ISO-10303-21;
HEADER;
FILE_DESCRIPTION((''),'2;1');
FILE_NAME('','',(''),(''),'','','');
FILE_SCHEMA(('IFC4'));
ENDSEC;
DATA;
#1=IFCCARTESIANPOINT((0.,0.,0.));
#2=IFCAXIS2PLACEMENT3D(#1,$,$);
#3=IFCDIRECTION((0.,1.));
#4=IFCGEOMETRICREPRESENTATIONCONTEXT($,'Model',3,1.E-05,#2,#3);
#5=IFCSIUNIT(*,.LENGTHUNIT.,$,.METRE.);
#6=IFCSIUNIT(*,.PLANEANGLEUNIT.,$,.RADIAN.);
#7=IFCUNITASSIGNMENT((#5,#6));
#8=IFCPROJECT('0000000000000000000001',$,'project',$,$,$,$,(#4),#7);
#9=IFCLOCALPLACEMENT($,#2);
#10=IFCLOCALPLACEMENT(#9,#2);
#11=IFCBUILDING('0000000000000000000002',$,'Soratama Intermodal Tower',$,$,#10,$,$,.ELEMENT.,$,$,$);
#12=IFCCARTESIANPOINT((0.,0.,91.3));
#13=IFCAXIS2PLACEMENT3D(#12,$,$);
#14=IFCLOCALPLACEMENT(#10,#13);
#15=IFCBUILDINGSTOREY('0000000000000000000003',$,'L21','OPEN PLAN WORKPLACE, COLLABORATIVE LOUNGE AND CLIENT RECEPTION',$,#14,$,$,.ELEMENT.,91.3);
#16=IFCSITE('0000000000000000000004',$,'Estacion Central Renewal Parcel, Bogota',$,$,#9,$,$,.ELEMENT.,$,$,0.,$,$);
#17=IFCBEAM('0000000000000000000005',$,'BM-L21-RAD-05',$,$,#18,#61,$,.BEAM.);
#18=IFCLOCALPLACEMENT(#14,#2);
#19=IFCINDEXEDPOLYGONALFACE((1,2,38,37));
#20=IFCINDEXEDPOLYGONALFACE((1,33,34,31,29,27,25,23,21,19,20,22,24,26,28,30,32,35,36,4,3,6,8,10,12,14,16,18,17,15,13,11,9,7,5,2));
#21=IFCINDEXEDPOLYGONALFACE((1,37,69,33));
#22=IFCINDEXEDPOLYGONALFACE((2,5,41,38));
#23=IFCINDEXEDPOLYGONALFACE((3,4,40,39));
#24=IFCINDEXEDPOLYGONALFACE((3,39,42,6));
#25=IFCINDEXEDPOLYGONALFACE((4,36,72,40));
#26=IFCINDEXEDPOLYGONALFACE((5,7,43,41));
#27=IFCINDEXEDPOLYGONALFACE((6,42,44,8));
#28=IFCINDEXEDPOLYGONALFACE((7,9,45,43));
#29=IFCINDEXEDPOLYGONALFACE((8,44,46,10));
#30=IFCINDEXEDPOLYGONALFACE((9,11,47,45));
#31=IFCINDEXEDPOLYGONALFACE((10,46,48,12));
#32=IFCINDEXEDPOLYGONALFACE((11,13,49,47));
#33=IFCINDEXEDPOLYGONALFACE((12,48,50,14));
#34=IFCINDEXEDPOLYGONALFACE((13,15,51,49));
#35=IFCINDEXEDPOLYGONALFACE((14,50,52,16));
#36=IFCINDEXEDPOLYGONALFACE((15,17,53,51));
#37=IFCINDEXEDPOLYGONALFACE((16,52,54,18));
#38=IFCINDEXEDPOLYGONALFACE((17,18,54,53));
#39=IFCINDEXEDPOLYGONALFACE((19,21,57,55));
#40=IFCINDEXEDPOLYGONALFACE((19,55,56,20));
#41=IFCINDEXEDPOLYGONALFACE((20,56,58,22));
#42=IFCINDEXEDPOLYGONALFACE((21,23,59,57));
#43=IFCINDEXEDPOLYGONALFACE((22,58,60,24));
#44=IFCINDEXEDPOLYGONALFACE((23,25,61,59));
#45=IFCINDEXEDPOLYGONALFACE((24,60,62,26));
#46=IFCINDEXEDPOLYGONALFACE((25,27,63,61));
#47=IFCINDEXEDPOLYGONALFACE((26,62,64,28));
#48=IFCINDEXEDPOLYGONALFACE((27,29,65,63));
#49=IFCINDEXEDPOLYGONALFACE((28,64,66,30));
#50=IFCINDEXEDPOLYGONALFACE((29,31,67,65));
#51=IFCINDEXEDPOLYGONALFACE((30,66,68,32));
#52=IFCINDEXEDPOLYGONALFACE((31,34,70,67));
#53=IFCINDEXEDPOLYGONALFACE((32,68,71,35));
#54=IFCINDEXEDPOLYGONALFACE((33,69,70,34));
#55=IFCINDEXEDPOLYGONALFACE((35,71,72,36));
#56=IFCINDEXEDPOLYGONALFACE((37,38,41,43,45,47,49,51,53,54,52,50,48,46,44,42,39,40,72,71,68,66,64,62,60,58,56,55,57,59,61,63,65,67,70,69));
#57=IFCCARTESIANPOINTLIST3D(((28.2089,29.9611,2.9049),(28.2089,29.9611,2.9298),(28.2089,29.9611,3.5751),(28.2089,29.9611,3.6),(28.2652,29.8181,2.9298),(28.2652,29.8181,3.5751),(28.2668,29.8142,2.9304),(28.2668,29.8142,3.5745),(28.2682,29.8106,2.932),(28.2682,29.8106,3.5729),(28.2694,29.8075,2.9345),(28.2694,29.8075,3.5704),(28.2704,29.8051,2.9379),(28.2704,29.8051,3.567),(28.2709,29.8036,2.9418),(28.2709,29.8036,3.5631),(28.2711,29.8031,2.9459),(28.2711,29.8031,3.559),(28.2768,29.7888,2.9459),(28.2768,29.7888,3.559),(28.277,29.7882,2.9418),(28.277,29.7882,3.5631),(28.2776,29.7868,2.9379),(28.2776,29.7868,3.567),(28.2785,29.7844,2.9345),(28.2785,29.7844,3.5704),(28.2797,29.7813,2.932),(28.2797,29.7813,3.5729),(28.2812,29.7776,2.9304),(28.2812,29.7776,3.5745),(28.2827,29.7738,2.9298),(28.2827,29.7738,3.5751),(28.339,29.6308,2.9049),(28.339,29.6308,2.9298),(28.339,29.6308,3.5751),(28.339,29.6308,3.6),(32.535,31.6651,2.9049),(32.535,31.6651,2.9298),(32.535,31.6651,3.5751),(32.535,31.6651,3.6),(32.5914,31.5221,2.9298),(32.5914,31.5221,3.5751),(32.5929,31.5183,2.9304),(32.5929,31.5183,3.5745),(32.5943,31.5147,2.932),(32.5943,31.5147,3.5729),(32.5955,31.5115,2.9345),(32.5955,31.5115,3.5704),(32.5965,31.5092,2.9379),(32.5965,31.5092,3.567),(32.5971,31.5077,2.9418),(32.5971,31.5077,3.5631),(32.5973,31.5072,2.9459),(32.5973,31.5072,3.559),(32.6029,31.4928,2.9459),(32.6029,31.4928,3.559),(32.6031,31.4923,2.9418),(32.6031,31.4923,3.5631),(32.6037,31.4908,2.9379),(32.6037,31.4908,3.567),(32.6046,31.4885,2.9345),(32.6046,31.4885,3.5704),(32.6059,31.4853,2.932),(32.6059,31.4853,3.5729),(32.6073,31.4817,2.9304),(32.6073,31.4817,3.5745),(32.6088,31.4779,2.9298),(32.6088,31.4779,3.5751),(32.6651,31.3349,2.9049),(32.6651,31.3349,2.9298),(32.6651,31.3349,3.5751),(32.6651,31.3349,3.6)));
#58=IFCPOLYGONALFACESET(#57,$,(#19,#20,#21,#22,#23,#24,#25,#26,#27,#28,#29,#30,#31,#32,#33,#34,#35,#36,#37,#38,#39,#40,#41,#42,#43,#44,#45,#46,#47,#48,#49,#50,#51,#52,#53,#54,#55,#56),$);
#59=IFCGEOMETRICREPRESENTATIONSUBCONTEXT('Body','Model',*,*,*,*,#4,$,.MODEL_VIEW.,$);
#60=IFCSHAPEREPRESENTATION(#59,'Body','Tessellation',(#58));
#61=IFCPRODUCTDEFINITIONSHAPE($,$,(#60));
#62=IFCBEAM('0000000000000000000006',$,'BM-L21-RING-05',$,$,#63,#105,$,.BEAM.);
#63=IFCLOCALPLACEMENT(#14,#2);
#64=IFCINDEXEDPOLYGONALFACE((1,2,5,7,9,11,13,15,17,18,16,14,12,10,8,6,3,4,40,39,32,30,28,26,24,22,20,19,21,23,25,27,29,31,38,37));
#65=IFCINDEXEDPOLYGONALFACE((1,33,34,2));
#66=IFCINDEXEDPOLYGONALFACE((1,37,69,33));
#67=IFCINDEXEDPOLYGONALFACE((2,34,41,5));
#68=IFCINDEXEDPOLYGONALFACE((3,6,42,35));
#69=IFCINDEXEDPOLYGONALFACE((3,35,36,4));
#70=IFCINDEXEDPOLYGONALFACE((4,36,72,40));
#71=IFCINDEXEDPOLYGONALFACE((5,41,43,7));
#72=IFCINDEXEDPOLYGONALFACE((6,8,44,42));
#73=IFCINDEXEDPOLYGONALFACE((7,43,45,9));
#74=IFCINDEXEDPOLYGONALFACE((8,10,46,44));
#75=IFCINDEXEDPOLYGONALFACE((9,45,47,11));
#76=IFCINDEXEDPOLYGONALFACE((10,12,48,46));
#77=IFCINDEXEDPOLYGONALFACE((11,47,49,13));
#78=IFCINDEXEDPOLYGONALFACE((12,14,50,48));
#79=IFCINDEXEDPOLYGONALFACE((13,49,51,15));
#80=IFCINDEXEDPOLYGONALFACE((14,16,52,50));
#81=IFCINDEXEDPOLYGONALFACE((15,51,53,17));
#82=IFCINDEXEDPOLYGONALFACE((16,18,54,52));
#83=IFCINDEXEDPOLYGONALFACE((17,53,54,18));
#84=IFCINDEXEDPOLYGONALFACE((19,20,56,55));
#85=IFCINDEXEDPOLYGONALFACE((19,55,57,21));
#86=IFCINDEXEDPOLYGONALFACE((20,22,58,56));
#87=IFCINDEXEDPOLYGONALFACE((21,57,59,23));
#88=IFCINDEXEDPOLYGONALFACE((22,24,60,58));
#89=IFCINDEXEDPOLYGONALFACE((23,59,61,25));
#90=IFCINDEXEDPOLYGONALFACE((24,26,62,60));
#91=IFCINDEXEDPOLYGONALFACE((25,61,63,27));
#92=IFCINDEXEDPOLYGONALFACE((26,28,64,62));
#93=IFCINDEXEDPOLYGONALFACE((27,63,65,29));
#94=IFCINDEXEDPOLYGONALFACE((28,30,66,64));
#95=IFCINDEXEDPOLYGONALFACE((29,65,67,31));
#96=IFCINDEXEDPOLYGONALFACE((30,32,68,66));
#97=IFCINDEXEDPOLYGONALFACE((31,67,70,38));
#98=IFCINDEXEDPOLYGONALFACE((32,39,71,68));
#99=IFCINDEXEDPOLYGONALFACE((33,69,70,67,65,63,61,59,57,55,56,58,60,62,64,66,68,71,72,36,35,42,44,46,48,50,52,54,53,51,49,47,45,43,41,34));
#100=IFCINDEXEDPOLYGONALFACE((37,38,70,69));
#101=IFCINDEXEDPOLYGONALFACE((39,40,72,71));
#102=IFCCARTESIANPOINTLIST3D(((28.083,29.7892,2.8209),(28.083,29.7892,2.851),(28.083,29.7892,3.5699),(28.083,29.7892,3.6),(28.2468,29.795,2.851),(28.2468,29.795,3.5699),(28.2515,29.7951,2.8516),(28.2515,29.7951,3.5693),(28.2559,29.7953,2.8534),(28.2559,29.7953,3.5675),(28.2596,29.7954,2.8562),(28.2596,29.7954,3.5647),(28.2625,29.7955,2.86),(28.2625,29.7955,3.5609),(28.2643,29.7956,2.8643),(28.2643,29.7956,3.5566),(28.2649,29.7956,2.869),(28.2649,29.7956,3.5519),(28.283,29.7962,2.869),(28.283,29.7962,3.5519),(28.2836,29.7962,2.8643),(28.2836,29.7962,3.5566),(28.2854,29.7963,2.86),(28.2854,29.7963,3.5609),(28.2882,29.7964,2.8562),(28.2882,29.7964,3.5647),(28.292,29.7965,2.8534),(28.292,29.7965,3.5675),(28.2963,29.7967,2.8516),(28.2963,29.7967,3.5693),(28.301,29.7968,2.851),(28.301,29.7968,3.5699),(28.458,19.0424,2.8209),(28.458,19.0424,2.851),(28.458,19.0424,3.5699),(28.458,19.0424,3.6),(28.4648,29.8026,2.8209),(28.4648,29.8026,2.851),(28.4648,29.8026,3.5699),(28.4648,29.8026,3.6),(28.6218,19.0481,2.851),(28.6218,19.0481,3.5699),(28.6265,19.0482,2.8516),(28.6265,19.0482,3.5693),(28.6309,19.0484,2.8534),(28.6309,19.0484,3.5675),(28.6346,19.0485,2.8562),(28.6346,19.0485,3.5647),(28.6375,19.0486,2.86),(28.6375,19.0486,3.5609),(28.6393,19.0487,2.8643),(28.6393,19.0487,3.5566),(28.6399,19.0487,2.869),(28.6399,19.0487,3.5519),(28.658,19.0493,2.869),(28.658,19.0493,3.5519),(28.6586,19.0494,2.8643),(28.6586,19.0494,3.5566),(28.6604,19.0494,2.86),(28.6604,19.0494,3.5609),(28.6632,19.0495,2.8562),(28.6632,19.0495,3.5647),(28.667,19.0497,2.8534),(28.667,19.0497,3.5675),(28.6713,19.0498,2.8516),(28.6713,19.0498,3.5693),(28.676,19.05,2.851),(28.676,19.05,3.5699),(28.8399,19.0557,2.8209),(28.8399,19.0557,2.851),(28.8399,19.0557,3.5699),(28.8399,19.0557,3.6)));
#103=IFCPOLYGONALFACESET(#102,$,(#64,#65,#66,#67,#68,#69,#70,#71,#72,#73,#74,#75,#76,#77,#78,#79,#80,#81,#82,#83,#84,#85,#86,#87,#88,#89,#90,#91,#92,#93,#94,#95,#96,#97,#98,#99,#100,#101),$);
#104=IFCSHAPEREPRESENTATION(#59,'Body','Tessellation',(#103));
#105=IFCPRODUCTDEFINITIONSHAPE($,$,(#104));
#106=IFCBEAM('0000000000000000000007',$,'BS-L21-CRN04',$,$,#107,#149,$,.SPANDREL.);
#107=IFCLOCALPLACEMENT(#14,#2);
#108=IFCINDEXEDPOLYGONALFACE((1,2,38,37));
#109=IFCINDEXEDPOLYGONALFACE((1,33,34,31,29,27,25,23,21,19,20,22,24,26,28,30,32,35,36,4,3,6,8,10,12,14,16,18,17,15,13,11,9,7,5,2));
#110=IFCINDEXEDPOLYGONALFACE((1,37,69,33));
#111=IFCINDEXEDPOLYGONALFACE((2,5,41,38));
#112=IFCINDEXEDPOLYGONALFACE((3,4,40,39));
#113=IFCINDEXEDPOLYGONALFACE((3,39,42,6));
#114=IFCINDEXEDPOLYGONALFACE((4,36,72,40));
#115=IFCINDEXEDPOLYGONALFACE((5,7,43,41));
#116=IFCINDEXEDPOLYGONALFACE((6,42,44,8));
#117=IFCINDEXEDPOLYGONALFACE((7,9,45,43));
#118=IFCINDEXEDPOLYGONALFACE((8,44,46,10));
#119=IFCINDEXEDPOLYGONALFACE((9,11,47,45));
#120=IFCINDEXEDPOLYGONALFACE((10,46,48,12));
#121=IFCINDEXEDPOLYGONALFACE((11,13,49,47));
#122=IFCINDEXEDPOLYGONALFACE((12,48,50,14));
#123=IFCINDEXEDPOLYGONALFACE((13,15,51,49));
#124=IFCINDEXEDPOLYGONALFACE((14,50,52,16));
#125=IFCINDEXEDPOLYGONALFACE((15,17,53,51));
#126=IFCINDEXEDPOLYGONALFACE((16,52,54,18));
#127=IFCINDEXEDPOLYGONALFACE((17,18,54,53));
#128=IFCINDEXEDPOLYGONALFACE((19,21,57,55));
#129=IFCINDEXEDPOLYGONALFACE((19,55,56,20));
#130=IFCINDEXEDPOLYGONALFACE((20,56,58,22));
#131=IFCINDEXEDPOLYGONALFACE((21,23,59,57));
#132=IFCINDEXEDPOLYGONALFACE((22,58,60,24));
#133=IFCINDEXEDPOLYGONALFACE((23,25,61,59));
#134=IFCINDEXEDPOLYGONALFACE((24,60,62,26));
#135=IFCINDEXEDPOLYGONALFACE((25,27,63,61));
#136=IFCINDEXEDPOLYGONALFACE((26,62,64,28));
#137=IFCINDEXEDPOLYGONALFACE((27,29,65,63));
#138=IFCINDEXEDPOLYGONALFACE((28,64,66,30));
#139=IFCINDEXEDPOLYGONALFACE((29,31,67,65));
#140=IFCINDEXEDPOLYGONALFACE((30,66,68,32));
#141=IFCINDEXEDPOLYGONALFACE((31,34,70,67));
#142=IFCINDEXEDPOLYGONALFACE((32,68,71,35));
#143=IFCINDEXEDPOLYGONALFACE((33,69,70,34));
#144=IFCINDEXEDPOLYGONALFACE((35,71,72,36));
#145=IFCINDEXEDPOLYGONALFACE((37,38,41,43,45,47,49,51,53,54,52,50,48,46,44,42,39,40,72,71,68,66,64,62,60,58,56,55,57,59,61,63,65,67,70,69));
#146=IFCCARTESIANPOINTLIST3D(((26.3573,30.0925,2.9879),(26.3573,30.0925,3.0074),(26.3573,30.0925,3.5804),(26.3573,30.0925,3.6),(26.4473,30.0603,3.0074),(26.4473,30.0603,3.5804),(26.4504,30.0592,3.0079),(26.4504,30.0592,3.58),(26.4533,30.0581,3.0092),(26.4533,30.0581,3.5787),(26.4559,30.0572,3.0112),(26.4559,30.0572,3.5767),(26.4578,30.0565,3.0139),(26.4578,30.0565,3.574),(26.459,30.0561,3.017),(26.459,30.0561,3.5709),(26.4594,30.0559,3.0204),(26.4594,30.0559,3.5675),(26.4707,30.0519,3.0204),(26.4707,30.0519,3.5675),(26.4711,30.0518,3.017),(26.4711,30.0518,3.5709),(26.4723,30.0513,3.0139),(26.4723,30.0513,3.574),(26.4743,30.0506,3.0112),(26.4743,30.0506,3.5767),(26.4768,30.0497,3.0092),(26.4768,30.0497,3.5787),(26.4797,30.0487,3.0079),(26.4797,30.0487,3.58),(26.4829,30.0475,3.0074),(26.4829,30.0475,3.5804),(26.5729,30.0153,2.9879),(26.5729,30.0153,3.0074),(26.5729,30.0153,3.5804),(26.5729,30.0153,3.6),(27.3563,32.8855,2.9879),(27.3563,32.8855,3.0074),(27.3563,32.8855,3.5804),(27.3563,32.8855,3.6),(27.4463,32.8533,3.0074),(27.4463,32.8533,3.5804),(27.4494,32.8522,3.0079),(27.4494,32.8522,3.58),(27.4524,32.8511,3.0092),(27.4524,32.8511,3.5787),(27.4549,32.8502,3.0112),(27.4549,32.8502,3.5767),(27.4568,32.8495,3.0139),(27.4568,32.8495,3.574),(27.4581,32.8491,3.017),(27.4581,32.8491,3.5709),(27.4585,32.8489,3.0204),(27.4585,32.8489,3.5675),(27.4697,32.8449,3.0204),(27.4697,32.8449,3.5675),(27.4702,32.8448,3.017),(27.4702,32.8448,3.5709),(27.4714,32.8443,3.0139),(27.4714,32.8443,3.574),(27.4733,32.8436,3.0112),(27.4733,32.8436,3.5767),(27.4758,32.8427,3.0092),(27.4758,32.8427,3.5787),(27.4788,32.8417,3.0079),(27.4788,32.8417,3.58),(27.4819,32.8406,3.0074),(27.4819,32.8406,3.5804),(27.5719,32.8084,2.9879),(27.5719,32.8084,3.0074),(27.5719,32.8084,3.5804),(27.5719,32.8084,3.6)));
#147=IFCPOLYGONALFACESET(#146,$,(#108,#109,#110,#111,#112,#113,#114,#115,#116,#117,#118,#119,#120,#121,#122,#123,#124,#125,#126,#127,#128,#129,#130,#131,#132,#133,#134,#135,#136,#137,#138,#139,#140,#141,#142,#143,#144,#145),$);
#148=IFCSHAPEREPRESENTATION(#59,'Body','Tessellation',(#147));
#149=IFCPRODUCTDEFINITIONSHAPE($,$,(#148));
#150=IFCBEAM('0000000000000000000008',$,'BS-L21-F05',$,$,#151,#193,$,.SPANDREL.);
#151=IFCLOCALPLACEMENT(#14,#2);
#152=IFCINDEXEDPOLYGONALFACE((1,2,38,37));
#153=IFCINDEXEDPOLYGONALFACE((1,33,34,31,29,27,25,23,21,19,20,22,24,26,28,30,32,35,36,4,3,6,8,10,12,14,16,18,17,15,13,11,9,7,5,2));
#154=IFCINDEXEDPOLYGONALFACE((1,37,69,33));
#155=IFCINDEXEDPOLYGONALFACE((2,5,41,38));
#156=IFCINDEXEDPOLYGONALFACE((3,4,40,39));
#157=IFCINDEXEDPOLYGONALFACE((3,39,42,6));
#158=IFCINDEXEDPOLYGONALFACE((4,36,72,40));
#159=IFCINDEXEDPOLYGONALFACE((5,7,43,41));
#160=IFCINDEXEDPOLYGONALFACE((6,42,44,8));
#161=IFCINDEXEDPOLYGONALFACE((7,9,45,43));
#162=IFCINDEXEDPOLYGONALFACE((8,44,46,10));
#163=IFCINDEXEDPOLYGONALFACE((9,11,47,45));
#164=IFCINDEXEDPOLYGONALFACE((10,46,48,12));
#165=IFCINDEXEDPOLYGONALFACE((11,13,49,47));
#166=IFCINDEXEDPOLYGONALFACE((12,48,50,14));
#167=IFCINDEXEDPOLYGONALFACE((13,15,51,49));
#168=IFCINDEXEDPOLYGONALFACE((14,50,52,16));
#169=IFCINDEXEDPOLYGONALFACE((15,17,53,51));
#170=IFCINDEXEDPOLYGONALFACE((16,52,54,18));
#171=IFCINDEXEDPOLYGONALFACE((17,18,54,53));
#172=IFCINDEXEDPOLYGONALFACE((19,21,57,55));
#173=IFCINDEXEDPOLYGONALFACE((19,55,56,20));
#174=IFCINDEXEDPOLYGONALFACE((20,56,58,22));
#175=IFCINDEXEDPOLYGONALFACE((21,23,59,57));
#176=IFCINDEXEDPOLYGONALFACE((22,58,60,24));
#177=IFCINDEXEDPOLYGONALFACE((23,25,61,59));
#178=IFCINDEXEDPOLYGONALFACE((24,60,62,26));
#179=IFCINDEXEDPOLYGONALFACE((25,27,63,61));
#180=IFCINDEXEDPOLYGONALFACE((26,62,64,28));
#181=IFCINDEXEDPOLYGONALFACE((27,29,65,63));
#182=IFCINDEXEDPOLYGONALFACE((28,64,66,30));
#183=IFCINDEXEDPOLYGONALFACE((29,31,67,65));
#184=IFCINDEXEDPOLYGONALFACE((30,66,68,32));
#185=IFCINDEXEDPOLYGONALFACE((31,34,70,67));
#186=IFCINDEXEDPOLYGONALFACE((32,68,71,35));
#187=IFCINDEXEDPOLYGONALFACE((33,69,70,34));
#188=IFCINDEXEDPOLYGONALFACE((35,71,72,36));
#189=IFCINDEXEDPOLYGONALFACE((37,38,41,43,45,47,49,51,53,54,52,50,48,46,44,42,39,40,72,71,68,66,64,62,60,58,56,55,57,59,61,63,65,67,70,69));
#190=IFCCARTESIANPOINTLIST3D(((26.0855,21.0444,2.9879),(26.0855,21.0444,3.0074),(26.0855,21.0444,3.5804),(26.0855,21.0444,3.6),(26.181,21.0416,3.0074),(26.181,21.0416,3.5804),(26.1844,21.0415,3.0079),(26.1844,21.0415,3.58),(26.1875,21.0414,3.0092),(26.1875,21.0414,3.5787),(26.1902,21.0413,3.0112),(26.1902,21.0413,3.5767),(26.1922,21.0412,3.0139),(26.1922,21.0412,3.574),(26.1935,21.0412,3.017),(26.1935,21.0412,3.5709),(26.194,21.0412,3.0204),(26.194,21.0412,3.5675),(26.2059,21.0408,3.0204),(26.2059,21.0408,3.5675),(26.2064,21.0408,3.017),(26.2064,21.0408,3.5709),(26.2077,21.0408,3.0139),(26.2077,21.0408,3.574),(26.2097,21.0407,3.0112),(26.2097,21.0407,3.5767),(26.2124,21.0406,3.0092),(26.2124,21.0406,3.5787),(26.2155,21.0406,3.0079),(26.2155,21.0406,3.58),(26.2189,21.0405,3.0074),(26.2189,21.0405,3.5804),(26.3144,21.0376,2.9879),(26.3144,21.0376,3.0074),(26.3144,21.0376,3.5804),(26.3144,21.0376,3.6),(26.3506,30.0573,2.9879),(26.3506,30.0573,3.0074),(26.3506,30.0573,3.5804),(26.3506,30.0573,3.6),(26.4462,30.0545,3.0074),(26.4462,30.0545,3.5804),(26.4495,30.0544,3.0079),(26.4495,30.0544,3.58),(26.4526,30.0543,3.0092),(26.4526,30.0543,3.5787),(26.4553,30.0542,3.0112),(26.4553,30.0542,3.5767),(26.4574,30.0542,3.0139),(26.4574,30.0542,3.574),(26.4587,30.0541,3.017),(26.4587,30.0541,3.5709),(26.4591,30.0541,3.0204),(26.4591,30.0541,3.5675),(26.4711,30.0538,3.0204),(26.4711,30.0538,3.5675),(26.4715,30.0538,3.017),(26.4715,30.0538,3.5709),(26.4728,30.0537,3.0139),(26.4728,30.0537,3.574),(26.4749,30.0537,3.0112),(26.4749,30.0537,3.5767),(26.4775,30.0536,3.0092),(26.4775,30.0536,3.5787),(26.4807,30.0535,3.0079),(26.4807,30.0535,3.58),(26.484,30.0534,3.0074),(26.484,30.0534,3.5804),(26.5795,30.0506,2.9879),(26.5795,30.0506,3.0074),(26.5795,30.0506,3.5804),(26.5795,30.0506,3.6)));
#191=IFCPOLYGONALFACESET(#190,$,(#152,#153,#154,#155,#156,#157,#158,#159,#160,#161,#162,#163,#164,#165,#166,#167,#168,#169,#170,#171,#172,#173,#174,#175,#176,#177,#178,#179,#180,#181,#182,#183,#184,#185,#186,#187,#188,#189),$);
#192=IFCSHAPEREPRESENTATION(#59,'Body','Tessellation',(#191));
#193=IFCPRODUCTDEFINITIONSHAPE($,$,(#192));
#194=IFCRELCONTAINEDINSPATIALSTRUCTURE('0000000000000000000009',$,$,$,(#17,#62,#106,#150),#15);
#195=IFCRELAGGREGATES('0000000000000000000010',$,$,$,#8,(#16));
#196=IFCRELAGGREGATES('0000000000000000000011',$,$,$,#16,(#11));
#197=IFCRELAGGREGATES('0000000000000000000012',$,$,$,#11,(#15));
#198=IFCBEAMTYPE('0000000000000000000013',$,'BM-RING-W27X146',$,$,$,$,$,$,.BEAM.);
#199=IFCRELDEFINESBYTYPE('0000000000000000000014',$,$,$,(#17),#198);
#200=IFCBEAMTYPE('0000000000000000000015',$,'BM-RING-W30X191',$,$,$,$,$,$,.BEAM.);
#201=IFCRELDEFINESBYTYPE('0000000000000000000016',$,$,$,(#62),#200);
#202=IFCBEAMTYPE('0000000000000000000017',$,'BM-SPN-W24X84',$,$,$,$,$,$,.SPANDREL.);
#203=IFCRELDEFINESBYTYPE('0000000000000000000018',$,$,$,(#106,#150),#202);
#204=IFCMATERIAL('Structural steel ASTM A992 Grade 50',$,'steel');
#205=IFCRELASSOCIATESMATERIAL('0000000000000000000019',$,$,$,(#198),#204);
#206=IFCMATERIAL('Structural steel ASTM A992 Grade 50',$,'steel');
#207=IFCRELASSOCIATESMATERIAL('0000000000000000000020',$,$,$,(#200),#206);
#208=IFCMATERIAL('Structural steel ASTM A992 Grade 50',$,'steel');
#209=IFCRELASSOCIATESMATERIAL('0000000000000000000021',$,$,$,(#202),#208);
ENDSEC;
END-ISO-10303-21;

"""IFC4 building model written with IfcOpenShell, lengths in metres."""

from ifc_helpers import new_model, si_unit, direction, frame, origin, origin_2d, place, context, subcontext, project, spatial, i_section, extrude, material, material_profile, profile_set, type_object, element, save


model = new_model("IFC4")

# Units and contexts
model_context = context("Model", 3, precision=1e-05, world=origin(), true_north=direction((0.0, 1.0)))
body_context = subcontext(model_context, "Body", "Model", "MODEL_VIEW")
ifc_project = project(units=[si_unit("LENGTHUNIT", "METRE"), si_unit("PLANEANGLEUNIT", "RADIAN")], contexts=[model_context])

# Site, building, storey
site_placement = place(None, origin())
site = spatial("IfcSite", under=ifc_project, at=site_placement, Name="Estacion Central Renewal Parcel, Bogota", CompositionType="ELEMENT", RefElevation=0.0)
building_placement = place(site_placement, origin())
building = spatial("IfcBuilding", under=site, at=building_placement, Name="Soratama Intermodal Tower", CompositionType="ELEMENT")
storey_placement = place(building_placement, frame((0.0, 0.0, 91.3)))
storey = spatial("IfcBuildingStorey", under=building, at=storey_placement, Name="L21", Description="OPEN PLAN WORKPLACE, COLLABORATIVE LOUNGE AND CLIENT RECEPTION", CompositionType="ELEMENT", Elevation=91.3)

# Beams
ifc_material_1 = material(Name="Structural steel ASTM A992 Grade 50", Category="steel")
ifc_material_profile_1 = material_profile(ifc_material_1, i_section(OverallWidth=0.355, OverallDepth=0.6951, WebThickness=0.0154, FlangeThickness=0.0249, FilletRadius=0.0161, at=origin_2d()), Name="W27X146")
ifc_profile_set_1 = profile_set([ifc_material_profile_1], Name="Structural steel ASTM A992 Grade 50")
beam_type_1 = type_object("IfcBeamType", Name="BM-RING-W27X146", PredefinedType="BEAM", material=ifc_profile_set_1)
beam_1_placement = place(storey_placement, frame((32.6001, 31.5, 3.2524), z_axis=(-0.930419, -0.366497, 0.0), x_axis=(0.366497, -0.930419, 0.0)))
element("IfcBeam", 1, at=beam_1_placement, inside=storey, type_object=beam_type_1, Name="BM-L21-RAD-05", PredefinedType="BEAM", context=body_context, shape_type="SweptSolid", body=[
    extrude(i_section(OverallWidth=0.355, OverallDepth=0.6951, WebThickness=0.0154, FlangeThickness=0.0249, FilletRadius=0.0161, at=origin_2d()), origin(), (0.0, 0.0, 1.0), 4.6497),
])
ifc_material_2 = material(Name="Structural steel ASTM A992 Grade 50", Category="steel")
ifc_material_profile_2 = material_profile(ifc_material_2, i_section(OverallWidth=0.3821, OverallDepth=0.7791, WebThickness=0.0181, FlangeThickness=0.03, FilletRadius=0.0181, at=origin_2d()), Name="W30X191")
ifc_profile_set_2 = profile_set([ifc_material_profile_2], Name="Structural steel ASTM A992 Grade 50")
beam_type_2 = type_object("IfcBeamType", Name="BM-RING-W30X191", PredefinedType="BEAM", material=ifc_profile_set_2)
beam_2_placement = place(storey_placement, frame((28.2739, 29.7959, 3.2104), z_axis=(0.034873, -0.999392, 0.0), x_axis=(0.999392, 0.034873, 0.0)))
element("IfcBeam", 2, at=beam_2_placement, inside=storey, type_object=beam_type_2, Name="BM-L21-RING-05", PredefinedType="BEAM", context=body_context, shape_type="SweptSolid", body=[
    extrude(i_section(OverallWidth=0.3821, OverallDepth=0.7791, WebThickness=0.0181, FlangeThickness=0.03, FilletRadius=0.0181, at=origin_2d()), origin(), (0.0, 0.0, 1.0), 10.7534),
])
ifc_material_3 = material(Name="Structural steel ASTM A992 Grade 50", Category="steel")
ifc_material_profile_3 = material_profile(ifc_material_3, i_section(OverallWidth=0.229, OverallDepth=0.6121, WebThickness=0.012, FlangeThickness=0.0195, FilletRadius=0.0129, at=origin_2d()), Name="W24X84")
ifc_profile_set_3 = profile_set([ifc_material_profile_3], Name="Structural steel ASTM A992 Grade 50")
beam_type_3 = type_object("IfcBeamType", Name="BM-SPN-W24X84", PredefinedType="SPANDREL", material=ifc_profile_set_3)
beam_3_placement = place(storey_placement, frame((27.4641, 32.8469, 3.2939), z_axis=(-0.336795, -0.941578, 0.0), x_axis=(0.941578, -0.336795, 0.0)))
element("IfcBeam", 3, at=beam_3_placement, inside=storey, type_object=beam_type_3, Name="BS-L21-CRN04", PredefinedType="SPANDREL", context=body_context, shape_type="SweptSolid", body=[
    extrude(i_section(OverallWidth=0.229, OverallDepth=0.6121, WebThickness=0.012, FlangeThickness=0.0195, FilletRadius=0.0129, at=origin_2d()), origin(), (0.0, 0.0, 1.0), 2.9663),
])
beam_4_placement = place(storey_placement, frame((26.4651, 30.054, 3.2939), z_axis=(-0.029405, -0.999568, 0.0), x_axis=(0.999568, -0.029405, 0.0)))
element("IfcBeam", 4, at=beam_4_placement, inside=storey, type_object=beam_type_3, Name="BS-L21-F05", PredefinedType="SPANDREL", context=body_context, shape_type="SweptSolid", body=[
    extrude(i_section(OverallWidth=0.229, OverallDepth=0.6121, WebThickness=0.012, FlangeThickness=0.0195, FilletRadius=0.0129, at=origin_2d()), origin(), (0.0, 0.0, 1.0), 9.0168),
])

save(model, "model.ifc")
